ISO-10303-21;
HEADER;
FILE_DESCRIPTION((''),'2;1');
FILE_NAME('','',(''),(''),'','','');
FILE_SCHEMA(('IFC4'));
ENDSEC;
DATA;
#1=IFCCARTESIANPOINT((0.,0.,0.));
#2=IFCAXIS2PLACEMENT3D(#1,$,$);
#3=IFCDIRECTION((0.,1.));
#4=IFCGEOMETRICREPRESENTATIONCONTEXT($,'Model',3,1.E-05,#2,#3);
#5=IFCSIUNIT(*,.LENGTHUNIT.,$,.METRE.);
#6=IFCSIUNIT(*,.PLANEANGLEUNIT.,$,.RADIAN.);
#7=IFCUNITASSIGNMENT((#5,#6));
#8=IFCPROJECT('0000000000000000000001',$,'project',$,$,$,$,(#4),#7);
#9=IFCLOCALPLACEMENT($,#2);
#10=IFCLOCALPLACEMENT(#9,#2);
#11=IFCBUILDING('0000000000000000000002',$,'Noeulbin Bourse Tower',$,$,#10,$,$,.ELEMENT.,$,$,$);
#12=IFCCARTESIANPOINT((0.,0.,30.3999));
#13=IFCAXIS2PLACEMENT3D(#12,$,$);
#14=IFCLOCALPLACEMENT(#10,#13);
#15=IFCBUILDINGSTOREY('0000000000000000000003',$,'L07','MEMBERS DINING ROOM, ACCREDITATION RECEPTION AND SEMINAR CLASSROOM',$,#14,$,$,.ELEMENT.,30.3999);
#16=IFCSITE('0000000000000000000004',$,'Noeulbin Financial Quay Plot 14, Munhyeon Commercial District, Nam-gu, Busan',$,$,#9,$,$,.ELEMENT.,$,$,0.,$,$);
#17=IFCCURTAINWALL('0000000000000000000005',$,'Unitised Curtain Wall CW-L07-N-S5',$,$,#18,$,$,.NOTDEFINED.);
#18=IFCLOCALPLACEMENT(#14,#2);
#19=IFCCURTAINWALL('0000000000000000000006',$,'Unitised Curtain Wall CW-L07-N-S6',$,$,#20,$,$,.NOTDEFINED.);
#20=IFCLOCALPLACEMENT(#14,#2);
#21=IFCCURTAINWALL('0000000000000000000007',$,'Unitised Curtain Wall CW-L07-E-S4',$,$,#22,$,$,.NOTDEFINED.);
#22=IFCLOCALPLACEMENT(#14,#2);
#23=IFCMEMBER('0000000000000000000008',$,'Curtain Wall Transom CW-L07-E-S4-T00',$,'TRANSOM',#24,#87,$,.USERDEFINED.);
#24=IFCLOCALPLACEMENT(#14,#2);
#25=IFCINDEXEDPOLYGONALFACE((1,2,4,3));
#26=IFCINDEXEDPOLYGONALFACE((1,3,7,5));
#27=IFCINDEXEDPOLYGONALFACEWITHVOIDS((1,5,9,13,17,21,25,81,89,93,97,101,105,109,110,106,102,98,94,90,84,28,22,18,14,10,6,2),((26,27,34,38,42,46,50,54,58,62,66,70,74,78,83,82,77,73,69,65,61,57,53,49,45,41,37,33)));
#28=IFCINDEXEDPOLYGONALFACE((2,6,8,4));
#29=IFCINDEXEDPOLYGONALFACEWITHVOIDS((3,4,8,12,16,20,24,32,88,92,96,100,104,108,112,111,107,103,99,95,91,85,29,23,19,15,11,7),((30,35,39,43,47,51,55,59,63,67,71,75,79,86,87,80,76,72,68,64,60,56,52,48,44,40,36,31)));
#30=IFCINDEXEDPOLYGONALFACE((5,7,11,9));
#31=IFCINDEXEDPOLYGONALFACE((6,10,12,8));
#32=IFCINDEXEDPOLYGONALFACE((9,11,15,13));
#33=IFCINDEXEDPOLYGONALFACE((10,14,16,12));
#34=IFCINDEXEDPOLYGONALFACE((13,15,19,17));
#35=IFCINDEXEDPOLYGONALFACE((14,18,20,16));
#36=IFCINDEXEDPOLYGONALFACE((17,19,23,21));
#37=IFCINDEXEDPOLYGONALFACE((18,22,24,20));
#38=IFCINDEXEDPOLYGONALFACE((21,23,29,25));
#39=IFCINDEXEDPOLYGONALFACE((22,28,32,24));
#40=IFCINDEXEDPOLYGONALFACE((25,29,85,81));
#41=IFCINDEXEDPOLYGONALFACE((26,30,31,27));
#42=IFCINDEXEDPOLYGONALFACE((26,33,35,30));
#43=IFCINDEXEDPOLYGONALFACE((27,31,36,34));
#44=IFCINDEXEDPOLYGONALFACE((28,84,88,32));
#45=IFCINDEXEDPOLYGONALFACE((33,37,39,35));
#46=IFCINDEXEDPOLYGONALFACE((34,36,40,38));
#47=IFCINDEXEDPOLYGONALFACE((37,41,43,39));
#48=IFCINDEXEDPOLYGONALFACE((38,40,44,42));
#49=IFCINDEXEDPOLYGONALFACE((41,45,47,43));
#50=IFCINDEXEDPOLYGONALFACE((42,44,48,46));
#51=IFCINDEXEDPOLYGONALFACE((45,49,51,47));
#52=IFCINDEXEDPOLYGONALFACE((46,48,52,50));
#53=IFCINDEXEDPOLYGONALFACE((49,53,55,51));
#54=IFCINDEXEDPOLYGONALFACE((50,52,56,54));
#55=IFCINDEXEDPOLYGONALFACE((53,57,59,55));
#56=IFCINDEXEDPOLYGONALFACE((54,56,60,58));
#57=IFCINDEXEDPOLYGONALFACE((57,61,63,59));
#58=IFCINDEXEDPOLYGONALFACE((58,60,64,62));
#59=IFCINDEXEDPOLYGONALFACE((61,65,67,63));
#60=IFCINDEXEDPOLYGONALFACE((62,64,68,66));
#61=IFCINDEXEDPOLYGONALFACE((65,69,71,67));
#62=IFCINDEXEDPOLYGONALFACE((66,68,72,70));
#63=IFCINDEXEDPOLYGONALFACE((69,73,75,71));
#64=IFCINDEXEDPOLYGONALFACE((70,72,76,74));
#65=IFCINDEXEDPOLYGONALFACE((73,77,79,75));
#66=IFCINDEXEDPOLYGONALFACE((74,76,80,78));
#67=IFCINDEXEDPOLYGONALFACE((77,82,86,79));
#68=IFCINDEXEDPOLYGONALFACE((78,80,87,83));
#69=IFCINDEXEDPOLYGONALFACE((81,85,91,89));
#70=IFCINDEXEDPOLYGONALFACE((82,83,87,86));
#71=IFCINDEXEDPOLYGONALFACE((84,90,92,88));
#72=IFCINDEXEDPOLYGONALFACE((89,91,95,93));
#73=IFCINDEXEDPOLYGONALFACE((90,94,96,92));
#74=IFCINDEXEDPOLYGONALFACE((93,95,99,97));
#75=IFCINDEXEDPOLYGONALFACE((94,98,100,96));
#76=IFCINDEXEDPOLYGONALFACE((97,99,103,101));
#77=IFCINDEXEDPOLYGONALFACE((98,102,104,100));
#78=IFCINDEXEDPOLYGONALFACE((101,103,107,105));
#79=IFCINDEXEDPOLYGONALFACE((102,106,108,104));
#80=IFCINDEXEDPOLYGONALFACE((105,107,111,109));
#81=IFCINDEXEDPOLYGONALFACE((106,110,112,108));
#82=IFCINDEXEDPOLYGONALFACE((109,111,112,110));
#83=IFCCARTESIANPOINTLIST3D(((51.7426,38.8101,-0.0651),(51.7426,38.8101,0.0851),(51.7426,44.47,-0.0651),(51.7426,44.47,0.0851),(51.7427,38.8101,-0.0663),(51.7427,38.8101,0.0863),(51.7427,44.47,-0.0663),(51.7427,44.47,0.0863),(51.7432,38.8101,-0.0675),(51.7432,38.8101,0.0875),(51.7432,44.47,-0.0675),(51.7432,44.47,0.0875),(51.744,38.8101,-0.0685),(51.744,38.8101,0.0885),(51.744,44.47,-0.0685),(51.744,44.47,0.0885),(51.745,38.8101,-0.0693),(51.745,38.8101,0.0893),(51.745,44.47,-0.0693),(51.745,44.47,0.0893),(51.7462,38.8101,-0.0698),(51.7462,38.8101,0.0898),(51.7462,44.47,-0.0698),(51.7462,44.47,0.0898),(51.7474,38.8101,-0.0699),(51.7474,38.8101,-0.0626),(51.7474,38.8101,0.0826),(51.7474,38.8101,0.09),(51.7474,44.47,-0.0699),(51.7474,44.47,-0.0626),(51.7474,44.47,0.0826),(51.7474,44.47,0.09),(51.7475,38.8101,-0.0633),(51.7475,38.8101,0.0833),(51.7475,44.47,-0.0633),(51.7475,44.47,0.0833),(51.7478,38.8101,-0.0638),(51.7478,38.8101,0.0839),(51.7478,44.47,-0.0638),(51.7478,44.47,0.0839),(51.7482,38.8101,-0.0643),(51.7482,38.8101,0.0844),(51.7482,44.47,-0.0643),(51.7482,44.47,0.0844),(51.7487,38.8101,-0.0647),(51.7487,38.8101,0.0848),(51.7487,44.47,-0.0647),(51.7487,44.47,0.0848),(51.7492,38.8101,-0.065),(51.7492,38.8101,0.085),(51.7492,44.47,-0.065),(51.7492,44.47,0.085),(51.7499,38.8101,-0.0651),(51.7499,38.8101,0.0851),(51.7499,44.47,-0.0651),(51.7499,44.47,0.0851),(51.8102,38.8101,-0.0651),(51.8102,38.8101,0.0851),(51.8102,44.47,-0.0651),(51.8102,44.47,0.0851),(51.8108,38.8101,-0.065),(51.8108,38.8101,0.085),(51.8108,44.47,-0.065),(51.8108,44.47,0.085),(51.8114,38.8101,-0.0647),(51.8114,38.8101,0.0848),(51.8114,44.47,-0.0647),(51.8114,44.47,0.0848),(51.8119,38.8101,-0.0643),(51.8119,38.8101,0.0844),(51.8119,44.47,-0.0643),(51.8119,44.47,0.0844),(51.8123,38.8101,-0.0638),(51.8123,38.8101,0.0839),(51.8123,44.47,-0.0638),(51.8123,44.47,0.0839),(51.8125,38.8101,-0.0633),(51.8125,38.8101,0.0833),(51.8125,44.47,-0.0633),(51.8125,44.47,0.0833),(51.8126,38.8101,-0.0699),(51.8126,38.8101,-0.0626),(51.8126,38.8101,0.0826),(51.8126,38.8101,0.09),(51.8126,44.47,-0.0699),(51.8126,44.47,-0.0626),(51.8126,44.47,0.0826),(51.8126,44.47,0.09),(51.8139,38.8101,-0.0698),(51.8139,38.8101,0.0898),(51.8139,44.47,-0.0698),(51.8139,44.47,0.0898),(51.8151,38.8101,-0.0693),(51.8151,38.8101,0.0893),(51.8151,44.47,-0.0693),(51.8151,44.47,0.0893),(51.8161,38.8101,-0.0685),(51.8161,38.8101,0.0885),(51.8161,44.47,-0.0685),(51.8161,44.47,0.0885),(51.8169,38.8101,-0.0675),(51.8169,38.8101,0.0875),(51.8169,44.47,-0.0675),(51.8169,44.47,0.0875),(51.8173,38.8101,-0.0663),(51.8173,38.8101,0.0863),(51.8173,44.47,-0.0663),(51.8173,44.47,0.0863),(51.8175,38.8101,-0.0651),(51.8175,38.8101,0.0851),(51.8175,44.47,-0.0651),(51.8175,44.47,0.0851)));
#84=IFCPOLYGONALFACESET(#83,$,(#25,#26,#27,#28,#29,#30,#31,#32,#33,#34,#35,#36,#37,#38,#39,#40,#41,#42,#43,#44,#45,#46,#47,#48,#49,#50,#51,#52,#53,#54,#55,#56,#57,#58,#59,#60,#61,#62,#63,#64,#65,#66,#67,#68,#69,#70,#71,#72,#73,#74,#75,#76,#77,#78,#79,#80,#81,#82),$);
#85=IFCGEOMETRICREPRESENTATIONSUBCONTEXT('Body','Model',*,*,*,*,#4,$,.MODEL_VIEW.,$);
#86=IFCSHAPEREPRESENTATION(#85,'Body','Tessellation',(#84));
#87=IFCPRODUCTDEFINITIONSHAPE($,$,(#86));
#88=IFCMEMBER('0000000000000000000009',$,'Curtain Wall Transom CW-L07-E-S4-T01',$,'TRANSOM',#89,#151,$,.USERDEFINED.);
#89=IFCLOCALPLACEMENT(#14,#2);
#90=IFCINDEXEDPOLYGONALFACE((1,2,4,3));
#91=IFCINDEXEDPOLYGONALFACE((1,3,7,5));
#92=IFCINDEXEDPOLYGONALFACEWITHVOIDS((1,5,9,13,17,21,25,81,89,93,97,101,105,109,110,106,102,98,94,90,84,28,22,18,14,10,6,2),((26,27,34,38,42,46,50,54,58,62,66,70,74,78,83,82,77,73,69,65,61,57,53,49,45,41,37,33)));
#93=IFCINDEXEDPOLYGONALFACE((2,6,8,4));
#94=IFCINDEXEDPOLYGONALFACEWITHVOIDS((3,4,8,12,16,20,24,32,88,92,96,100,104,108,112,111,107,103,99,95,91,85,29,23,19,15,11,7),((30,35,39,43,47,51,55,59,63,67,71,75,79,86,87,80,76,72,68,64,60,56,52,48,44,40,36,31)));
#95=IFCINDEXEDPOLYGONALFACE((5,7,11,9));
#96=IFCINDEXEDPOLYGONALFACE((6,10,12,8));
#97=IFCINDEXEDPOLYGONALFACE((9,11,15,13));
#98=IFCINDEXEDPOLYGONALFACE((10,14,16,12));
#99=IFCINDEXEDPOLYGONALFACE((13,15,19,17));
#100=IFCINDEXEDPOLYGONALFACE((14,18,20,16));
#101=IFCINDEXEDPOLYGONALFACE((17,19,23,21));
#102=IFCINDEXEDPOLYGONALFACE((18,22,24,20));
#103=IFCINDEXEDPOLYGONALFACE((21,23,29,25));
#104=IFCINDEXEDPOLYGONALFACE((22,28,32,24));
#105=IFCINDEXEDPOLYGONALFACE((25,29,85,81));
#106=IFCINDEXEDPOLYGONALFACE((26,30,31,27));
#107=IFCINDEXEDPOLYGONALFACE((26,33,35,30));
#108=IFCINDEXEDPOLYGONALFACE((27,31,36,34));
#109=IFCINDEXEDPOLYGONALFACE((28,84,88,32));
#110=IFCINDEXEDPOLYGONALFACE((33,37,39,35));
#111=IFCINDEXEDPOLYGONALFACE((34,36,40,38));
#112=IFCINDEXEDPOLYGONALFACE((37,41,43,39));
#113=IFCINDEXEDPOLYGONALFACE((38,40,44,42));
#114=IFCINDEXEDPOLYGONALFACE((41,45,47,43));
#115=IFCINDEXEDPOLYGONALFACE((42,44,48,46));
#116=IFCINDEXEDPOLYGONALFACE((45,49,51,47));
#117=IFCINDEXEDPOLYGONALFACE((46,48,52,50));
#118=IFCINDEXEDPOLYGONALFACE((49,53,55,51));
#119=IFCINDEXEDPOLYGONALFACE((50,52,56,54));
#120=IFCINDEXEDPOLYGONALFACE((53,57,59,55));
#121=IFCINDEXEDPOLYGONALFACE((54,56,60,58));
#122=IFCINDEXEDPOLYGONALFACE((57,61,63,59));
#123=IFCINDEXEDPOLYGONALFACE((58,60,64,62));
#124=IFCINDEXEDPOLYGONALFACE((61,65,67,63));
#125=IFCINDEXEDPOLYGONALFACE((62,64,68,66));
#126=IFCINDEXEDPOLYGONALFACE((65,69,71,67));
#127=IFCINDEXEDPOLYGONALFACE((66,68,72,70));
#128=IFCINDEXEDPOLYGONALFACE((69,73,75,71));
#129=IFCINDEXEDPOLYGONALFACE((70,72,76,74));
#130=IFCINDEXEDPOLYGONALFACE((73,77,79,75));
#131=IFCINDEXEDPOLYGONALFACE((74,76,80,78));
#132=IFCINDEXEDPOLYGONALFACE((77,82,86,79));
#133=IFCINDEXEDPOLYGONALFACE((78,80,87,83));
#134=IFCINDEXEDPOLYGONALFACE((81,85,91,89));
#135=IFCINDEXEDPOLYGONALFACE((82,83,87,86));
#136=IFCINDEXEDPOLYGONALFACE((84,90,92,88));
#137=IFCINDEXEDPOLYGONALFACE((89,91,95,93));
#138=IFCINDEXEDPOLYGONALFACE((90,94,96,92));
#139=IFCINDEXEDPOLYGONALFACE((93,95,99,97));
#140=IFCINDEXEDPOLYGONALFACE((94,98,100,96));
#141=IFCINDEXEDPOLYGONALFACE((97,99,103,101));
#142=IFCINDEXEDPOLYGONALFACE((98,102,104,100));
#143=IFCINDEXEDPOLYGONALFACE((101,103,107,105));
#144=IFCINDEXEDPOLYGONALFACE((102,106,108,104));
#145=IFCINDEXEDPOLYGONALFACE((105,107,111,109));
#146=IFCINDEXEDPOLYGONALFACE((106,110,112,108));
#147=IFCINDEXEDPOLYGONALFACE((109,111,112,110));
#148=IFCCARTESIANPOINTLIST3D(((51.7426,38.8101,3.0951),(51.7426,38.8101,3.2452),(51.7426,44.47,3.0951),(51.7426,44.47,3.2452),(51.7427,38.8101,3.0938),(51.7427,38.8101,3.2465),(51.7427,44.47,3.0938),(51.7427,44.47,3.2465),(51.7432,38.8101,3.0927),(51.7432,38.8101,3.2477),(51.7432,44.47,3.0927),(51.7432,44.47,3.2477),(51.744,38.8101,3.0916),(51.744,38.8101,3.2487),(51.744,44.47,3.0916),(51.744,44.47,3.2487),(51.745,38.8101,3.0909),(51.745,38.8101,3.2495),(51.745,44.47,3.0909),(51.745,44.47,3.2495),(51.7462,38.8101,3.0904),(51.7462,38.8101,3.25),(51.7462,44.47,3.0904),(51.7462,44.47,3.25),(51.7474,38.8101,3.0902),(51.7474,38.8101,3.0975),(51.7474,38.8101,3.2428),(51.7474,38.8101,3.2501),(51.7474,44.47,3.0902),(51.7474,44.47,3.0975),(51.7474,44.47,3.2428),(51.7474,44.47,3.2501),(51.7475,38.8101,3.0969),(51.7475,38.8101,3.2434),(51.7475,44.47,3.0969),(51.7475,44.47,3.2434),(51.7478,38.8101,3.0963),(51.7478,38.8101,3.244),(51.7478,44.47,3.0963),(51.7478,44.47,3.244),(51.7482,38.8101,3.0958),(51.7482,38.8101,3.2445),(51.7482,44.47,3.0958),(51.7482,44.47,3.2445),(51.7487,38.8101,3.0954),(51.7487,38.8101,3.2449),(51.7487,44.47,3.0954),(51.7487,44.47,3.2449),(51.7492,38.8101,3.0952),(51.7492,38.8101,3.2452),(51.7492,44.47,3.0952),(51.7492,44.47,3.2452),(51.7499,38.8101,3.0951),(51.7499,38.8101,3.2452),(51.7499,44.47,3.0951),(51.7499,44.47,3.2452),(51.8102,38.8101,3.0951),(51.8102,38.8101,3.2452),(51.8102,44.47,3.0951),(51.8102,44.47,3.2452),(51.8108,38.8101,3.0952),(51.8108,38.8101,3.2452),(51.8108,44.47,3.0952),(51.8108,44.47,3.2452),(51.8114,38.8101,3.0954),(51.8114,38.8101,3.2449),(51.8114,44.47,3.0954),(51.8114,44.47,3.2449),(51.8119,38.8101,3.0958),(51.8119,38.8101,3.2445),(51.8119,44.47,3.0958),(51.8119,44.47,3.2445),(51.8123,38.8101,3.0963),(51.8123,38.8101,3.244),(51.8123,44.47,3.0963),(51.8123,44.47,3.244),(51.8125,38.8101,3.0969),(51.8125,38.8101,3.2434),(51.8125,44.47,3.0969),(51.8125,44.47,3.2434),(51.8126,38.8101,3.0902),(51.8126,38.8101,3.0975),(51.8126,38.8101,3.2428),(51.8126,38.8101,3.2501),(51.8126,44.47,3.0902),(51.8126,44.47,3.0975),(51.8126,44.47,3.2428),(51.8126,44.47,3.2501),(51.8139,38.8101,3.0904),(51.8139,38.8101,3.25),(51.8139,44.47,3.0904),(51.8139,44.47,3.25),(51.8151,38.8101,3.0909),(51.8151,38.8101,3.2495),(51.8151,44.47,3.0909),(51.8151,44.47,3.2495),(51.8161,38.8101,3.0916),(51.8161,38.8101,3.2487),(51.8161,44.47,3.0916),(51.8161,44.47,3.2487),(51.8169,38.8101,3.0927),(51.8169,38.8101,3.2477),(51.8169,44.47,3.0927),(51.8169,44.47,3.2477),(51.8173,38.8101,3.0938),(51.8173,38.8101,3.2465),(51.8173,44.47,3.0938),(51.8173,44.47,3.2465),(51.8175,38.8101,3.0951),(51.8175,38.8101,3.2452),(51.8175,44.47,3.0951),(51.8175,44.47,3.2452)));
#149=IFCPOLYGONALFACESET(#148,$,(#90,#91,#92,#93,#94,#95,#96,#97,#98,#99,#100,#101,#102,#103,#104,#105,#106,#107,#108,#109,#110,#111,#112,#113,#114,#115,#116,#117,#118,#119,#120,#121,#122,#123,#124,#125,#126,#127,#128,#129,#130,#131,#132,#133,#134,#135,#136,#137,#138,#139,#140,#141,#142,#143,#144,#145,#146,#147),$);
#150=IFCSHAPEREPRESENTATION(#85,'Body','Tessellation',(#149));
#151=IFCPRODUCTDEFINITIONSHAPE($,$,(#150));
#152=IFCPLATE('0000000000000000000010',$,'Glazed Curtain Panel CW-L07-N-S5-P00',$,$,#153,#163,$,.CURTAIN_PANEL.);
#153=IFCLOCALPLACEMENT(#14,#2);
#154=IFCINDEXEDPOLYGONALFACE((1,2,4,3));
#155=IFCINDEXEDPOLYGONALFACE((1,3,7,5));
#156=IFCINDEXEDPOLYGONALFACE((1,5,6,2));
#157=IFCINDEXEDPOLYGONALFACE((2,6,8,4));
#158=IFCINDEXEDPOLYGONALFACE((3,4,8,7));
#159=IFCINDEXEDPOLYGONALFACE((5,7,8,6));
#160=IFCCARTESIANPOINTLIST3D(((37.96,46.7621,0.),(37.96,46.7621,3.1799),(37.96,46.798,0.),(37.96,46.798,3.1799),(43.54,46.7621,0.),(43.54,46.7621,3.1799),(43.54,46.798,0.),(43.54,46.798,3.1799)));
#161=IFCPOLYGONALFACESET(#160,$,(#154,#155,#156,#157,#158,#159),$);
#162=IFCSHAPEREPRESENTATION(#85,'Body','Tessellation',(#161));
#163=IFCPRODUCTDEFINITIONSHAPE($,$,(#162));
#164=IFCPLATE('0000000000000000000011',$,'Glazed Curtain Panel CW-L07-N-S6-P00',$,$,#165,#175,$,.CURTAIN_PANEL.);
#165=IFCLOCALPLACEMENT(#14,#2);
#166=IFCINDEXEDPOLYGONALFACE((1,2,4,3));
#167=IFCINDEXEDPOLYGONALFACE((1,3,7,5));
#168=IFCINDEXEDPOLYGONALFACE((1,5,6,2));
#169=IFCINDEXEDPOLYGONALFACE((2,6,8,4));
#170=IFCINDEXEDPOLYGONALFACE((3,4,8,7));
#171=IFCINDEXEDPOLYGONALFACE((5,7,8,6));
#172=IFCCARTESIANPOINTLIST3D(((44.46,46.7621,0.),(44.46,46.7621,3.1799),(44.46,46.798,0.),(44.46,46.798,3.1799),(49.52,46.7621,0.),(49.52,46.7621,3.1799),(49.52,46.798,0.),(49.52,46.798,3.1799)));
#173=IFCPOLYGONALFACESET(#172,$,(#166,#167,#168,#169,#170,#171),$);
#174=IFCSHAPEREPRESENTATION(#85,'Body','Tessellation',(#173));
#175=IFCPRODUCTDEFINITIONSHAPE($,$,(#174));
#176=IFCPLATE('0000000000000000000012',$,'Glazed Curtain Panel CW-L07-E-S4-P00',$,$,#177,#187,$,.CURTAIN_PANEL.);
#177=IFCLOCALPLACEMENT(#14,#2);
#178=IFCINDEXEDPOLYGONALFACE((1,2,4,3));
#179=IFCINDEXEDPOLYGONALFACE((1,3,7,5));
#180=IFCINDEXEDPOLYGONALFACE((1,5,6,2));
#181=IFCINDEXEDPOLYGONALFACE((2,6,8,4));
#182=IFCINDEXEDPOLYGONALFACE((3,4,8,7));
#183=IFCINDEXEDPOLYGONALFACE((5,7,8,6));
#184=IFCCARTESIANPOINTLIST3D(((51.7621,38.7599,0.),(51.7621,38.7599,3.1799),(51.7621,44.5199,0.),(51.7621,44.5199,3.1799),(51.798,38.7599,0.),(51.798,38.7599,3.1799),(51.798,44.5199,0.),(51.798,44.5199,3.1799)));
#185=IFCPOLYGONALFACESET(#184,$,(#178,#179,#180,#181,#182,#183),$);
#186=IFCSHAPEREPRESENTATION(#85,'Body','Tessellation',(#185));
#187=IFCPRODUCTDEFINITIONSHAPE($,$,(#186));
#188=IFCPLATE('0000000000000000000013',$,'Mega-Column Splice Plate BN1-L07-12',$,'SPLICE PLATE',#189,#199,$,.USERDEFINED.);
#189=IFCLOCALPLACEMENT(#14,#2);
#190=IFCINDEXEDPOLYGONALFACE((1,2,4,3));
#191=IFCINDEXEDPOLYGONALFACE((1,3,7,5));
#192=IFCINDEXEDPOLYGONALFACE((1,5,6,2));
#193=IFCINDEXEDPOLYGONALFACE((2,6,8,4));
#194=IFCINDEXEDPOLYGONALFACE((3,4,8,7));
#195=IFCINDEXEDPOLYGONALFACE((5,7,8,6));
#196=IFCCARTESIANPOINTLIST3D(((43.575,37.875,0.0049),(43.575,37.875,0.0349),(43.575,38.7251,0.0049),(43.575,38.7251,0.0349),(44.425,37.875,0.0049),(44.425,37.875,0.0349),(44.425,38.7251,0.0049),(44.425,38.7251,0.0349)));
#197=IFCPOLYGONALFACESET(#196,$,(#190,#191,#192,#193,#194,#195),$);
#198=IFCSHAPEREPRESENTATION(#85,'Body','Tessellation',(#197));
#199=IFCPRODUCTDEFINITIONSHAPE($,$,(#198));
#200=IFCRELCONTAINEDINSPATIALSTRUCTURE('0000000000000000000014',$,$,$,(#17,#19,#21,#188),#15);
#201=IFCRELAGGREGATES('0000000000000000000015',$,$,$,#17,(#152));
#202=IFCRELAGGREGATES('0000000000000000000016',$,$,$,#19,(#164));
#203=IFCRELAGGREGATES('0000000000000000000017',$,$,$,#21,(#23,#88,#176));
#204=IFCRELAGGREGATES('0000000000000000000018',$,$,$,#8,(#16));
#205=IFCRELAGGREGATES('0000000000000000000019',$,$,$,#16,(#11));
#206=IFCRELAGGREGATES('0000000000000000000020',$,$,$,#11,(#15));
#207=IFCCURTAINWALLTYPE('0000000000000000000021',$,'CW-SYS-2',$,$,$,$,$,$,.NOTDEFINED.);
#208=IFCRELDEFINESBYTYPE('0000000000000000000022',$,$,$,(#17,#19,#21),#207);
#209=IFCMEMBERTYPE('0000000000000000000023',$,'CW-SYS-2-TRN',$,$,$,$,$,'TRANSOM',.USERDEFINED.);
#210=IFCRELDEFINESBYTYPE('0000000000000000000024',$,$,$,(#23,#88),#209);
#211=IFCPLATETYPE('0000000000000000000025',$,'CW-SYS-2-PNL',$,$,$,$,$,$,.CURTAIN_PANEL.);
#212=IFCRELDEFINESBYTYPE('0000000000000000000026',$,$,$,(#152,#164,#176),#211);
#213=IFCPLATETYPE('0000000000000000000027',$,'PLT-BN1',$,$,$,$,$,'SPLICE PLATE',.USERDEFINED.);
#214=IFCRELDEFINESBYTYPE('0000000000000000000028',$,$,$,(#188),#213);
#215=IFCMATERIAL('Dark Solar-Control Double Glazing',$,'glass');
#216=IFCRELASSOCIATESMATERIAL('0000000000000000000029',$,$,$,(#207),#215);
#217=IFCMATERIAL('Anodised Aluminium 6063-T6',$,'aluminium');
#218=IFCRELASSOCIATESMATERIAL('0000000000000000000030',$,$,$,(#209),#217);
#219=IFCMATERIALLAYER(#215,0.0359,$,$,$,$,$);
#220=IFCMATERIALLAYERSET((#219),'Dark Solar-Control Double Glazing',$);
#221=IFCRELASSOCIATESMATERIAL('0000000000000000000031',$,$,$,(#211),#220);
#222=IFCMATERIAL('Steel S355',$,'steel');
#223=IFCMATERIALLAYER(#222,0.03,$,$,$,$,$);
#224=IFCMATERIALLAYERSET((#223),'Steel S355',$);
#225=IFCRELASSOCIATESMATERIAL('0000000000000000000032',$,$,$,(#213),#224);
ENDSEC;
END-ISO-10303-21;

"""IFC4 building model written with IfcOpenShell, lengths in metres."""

from ifc_helpers import new_model, si_unit, direction, frame, origin, origin_2d, place, context, subcontext, project, spatial, rectangle, hollow_rectangle, extrude, material, layer, layer_set, material_profile, profile_set, type_object, element, aggregate, save


model = new_model("IFC4")

# Units and contexts
model_context = context("Model", 3, precision=1e-05, world=origin(), true_north=direction((0.0, 1.0)))
body_context = subcontext(model_context, "Body", "Model", "MODEL_VIEW")
ifc_project = project(units=[si_unit("LENGTHUNIT", "METRE"), si_unit("PLANEANGLEUNIT", "RADIAN")], contexts=[model_context])

# Site, building, storey
site_placement = place(None, origin())
site = spatial("IfcSite", under=ifc_project, at=site_placement, Name="Noeulbin Financial Quay Plot 14, Munhyeon Commercial District, Nam-gu, Busan", CompositionType="ELEMENT", RefElevation=0.0)
building_placement = place(site_placement, origin())
building = spatial("IfcBuilding", under=site, at=building_placement, Name="Noeulbin Bourse Tower", CompositionType="ELEMENT")
storey_placement = place(building_placement, frame((0.0, 0.0, 30.3999)))
storey = spatial("IfcBuildingStorey", under=building, at=storey_placement, Name="L07", Description="MEMBERS DINING ROOM, ACCREDITATION RECEPTION AND SEMINAR CLASSROOM", CompositionType="ELEMENT", Elevation=30.3999)

# Shared definitions
ifc_material_1 = material(Name="Steel S355", Category="steel")

# Curtain wall
ifc_material_2 = material(Name="Dark Solar-Control Double Glazing", Category="glass")
curtain_wall_type = type_object("IfcCurtainWallType", Name="CW-SYS-2", PredefinedType="NOTDEFINED", material=ifc_material_2)
curtain_wall_1_placement = place(storey_placement, origin())
curtain_wall_1 = element("IfcCurtainWall", 1, at=curtain_wall_1_placement, inside=storey, type_object=curtain_wall_type, Name="Unitised Curtain Wall CW-L07-N-S5", PredefinedType="NOTDEFINED")
ifc_material_3 = material(Name="Anodised Aluminium 6063-T6", Category="aluminium")

# Curtain wall
curtain_wall_2_placement = place(storey_placement, origin())
curtain_wall_2 = element("IfcCurtainWall", 2, at=curtain_wall_2_placement, inside=storey, type_object=curtain_wall_type, Name="Unitised Curtain Wall CW-L07-N-S6", PredefinedType="NOTDEFINED")

# Curtain wall
curtain_wall_3_placement = place(storey_placement, origin())
curtain_wall_3 = element("IfcCurtainWall", 3, at=curtain_wall_3_placement, inside=storey, type_object=curtain_wall_type, Name="Unitised Curtain Wall CW-L07-E-S4", PredefinedType="NOTDEFINED")

# Members
ifc_material_profile_1 = material_profile(ifc_material_3, hollow_rectangle(XDim=0.075, YDim=0.1599, WallThickness=0.0049, InnerFilletRadius=0.0024, OuterFilletRadius=0.0049, at=origin_2d()), Name="ALU-TRAN-75x160x5", Category="LoadBearing")
ifc_profile_set_1 = profile_set([ifc_material_profile_1], Name="Anodised Aluminium 6063-T6")
member_type_1 = type_object("IfcMemberType", Name="CW-SYS-2-TRN", ElementType="TRANSOM", PredefinedType="USERDEFINED", material=ifc_profile_set_1)
member_1_placement = place(storey_placement, frame((51.78, 38.8101, 0.01), z_axis=(0.0, 1.0, 0.0), x_axis=(-1.0, 0.0, 0.0)))
member_1 = element("IfcMember", 4, at=member_1_placement, type_object=member_type_1, Name="Curtain Wall Transom CW-L07-E-S4-T00", ObjectType="TRANSOM", PredefinedType="USERDEFINED", context=body_context, shape_type="SweptSolid", body=[
    extrude(hollow_rectangle(XDim=0.075, YDim=0.1599, WallThickness=0.0049, InnerFilletRadius=0.0024, OuterFilletRadius=0.0049, at=origin_2d()), origin(), (0.0, 0.0, 1.0), 5.6599),
])
member_2_placement = place(storey_placement, frame((51.78, 38.8101, 3.1702), z_axis=(0.0, 1.0, 0.0), x_axis=(-1.0, 0.0, 0.0)))
member_2 = element("IfcMember", 5, at=member_2_placement, type_object=member_type_1, Name="Curtain Wall Transom CW-L07-E-S4-T01", ObjectType="TRANSOM", PredefinedType="USERDEFINED", context=body_context, shape_type="SweptSolid", body=[
    extrude(hollow_rectangle(XDim=0.075, YDim=0.1599, WallThickness=0.0049, InnerFilletRadius=0.0024, OuterFilletRadius=0.0049, at=origin_2d()), origin(), (0.0, 0.0, 1.0), 5.6599),
])

# Plates
ifc_layer_1 = layer(ifc_material_2, 0.0359)
ifc_layer_set_1 = layer_set([ifc_layer_1], Name="Dark Solar-Control Double Glazing")
plate_type_1 = type_object("IfcPlateType", Name="CW-SYS-2-PNL", PredefinedType="CURTAIN_PANEL", material=ifc_layer_set_1)
plate_1_placement = place(storey_placement, frame((40.75, 46.78, 0.0), z_axis=(0.0, 0.0, 1.0), x_axis=(1.0, 0.0, 0.0)))
plate_1 = element("IfcPlate", 6, at=plate_1_placement, type_object=plate_type_1, Name="Glazed Curtain Panel CW-L07-N-S5-P00", PredefinedType="CURTAIN_PANEL", context=body_context, shape_type="SweptSolid", body=[
    extrude(rectangle(XDim=5.5801, YDim=0.0359, at=origin_2d()), origin(), (0.0, 0.0, 1.0), 3.1799),
])
aggregate(curtain_wall_1, [plate_1])
plate_2_placement = place(storey_placement, frame((46.99, 46.78, 0.0), z_axis=(0.0, 0.0, 1.0), x_axis=(1.0, 0.0, 0.0)))
plate_2 = element("IfcPlate", 7, at=plate_2_placement, type_object=plate_type_1, Name="Glazed Curtain Panel CW-L07-N-S6-P00", PredefinedType="CURTAIN_PANEL", context=body_context, shape_type="SweptSolid", body=[
    extrude(rectangle(XDim=5.0601, YDim=0.0359, at=origin_2d()), origin(), (0.0, 0.0, 1.0), 3.1799),
])
aggregate(curtain_wall_2, [plate_2])
plate_3_placement = place(storey_placement, frame((51.78, 41.6399, 0.0), z_axis=(0.0, 0.0, 1.0), x_axis=(0.0, 1.0, 0.0)))
plate_3 = element("IfcPlate", 8, at=plate_3_placement, type_object=plate_type_1, Name="Glazed Curtain Panel CW-L07-E-S4-P00", PredefinedType="CURTAIN_PANEL", context=body_context, shape_type="SweptSolid", body=[
    extrude(rectangle(XDim=5.76, YDim=0.0359, at=origin_2d()), origin(), (0.0, 0.0, 1.0), 3.1799),
])
aggregate(curtain_wall_3, [member_1, member_2, plate_3])

# Plate
ifc_layer_2 = layer(ifc_material_1, 0.03)
ifc_layer_set_2 = layer_set([ifc_layer_2], Name="Steel S355")
plate_type_2 = type_object("IfcPlateType", Name="PLT-BN1", ElementType="SPLICE PLATE", PredefinedType="USERDEFINED", material=ifc_layer_set_2)
for number, where, z_axis, x_axis, name in (
    (9, (44.0, 38.3, 0.0049), (0.0, 0.0, 1.0), (1.0, 0.0, 0.0), "Mega-Column Splice Plate BN1-L07-12"),
):
    element("IfcPlate", number, at=place(storey_placement, frame(where, z_axis=z_axis, x_axis=x_axis)), inside=storey, type_object=plate_type_2, Name=name, ObjectType="SPLICE PLATE", PredefinedType="USERDEFINED", context=body_context, shape_type="SweptSolid", body=[
        extrude(rectangle(XDim=0.8501, YDim=0.8501, at=origin_2d()), origin(), (0.0, 0.0, 1.0), 0.03),
    ])

save(model, "model.ifc")
